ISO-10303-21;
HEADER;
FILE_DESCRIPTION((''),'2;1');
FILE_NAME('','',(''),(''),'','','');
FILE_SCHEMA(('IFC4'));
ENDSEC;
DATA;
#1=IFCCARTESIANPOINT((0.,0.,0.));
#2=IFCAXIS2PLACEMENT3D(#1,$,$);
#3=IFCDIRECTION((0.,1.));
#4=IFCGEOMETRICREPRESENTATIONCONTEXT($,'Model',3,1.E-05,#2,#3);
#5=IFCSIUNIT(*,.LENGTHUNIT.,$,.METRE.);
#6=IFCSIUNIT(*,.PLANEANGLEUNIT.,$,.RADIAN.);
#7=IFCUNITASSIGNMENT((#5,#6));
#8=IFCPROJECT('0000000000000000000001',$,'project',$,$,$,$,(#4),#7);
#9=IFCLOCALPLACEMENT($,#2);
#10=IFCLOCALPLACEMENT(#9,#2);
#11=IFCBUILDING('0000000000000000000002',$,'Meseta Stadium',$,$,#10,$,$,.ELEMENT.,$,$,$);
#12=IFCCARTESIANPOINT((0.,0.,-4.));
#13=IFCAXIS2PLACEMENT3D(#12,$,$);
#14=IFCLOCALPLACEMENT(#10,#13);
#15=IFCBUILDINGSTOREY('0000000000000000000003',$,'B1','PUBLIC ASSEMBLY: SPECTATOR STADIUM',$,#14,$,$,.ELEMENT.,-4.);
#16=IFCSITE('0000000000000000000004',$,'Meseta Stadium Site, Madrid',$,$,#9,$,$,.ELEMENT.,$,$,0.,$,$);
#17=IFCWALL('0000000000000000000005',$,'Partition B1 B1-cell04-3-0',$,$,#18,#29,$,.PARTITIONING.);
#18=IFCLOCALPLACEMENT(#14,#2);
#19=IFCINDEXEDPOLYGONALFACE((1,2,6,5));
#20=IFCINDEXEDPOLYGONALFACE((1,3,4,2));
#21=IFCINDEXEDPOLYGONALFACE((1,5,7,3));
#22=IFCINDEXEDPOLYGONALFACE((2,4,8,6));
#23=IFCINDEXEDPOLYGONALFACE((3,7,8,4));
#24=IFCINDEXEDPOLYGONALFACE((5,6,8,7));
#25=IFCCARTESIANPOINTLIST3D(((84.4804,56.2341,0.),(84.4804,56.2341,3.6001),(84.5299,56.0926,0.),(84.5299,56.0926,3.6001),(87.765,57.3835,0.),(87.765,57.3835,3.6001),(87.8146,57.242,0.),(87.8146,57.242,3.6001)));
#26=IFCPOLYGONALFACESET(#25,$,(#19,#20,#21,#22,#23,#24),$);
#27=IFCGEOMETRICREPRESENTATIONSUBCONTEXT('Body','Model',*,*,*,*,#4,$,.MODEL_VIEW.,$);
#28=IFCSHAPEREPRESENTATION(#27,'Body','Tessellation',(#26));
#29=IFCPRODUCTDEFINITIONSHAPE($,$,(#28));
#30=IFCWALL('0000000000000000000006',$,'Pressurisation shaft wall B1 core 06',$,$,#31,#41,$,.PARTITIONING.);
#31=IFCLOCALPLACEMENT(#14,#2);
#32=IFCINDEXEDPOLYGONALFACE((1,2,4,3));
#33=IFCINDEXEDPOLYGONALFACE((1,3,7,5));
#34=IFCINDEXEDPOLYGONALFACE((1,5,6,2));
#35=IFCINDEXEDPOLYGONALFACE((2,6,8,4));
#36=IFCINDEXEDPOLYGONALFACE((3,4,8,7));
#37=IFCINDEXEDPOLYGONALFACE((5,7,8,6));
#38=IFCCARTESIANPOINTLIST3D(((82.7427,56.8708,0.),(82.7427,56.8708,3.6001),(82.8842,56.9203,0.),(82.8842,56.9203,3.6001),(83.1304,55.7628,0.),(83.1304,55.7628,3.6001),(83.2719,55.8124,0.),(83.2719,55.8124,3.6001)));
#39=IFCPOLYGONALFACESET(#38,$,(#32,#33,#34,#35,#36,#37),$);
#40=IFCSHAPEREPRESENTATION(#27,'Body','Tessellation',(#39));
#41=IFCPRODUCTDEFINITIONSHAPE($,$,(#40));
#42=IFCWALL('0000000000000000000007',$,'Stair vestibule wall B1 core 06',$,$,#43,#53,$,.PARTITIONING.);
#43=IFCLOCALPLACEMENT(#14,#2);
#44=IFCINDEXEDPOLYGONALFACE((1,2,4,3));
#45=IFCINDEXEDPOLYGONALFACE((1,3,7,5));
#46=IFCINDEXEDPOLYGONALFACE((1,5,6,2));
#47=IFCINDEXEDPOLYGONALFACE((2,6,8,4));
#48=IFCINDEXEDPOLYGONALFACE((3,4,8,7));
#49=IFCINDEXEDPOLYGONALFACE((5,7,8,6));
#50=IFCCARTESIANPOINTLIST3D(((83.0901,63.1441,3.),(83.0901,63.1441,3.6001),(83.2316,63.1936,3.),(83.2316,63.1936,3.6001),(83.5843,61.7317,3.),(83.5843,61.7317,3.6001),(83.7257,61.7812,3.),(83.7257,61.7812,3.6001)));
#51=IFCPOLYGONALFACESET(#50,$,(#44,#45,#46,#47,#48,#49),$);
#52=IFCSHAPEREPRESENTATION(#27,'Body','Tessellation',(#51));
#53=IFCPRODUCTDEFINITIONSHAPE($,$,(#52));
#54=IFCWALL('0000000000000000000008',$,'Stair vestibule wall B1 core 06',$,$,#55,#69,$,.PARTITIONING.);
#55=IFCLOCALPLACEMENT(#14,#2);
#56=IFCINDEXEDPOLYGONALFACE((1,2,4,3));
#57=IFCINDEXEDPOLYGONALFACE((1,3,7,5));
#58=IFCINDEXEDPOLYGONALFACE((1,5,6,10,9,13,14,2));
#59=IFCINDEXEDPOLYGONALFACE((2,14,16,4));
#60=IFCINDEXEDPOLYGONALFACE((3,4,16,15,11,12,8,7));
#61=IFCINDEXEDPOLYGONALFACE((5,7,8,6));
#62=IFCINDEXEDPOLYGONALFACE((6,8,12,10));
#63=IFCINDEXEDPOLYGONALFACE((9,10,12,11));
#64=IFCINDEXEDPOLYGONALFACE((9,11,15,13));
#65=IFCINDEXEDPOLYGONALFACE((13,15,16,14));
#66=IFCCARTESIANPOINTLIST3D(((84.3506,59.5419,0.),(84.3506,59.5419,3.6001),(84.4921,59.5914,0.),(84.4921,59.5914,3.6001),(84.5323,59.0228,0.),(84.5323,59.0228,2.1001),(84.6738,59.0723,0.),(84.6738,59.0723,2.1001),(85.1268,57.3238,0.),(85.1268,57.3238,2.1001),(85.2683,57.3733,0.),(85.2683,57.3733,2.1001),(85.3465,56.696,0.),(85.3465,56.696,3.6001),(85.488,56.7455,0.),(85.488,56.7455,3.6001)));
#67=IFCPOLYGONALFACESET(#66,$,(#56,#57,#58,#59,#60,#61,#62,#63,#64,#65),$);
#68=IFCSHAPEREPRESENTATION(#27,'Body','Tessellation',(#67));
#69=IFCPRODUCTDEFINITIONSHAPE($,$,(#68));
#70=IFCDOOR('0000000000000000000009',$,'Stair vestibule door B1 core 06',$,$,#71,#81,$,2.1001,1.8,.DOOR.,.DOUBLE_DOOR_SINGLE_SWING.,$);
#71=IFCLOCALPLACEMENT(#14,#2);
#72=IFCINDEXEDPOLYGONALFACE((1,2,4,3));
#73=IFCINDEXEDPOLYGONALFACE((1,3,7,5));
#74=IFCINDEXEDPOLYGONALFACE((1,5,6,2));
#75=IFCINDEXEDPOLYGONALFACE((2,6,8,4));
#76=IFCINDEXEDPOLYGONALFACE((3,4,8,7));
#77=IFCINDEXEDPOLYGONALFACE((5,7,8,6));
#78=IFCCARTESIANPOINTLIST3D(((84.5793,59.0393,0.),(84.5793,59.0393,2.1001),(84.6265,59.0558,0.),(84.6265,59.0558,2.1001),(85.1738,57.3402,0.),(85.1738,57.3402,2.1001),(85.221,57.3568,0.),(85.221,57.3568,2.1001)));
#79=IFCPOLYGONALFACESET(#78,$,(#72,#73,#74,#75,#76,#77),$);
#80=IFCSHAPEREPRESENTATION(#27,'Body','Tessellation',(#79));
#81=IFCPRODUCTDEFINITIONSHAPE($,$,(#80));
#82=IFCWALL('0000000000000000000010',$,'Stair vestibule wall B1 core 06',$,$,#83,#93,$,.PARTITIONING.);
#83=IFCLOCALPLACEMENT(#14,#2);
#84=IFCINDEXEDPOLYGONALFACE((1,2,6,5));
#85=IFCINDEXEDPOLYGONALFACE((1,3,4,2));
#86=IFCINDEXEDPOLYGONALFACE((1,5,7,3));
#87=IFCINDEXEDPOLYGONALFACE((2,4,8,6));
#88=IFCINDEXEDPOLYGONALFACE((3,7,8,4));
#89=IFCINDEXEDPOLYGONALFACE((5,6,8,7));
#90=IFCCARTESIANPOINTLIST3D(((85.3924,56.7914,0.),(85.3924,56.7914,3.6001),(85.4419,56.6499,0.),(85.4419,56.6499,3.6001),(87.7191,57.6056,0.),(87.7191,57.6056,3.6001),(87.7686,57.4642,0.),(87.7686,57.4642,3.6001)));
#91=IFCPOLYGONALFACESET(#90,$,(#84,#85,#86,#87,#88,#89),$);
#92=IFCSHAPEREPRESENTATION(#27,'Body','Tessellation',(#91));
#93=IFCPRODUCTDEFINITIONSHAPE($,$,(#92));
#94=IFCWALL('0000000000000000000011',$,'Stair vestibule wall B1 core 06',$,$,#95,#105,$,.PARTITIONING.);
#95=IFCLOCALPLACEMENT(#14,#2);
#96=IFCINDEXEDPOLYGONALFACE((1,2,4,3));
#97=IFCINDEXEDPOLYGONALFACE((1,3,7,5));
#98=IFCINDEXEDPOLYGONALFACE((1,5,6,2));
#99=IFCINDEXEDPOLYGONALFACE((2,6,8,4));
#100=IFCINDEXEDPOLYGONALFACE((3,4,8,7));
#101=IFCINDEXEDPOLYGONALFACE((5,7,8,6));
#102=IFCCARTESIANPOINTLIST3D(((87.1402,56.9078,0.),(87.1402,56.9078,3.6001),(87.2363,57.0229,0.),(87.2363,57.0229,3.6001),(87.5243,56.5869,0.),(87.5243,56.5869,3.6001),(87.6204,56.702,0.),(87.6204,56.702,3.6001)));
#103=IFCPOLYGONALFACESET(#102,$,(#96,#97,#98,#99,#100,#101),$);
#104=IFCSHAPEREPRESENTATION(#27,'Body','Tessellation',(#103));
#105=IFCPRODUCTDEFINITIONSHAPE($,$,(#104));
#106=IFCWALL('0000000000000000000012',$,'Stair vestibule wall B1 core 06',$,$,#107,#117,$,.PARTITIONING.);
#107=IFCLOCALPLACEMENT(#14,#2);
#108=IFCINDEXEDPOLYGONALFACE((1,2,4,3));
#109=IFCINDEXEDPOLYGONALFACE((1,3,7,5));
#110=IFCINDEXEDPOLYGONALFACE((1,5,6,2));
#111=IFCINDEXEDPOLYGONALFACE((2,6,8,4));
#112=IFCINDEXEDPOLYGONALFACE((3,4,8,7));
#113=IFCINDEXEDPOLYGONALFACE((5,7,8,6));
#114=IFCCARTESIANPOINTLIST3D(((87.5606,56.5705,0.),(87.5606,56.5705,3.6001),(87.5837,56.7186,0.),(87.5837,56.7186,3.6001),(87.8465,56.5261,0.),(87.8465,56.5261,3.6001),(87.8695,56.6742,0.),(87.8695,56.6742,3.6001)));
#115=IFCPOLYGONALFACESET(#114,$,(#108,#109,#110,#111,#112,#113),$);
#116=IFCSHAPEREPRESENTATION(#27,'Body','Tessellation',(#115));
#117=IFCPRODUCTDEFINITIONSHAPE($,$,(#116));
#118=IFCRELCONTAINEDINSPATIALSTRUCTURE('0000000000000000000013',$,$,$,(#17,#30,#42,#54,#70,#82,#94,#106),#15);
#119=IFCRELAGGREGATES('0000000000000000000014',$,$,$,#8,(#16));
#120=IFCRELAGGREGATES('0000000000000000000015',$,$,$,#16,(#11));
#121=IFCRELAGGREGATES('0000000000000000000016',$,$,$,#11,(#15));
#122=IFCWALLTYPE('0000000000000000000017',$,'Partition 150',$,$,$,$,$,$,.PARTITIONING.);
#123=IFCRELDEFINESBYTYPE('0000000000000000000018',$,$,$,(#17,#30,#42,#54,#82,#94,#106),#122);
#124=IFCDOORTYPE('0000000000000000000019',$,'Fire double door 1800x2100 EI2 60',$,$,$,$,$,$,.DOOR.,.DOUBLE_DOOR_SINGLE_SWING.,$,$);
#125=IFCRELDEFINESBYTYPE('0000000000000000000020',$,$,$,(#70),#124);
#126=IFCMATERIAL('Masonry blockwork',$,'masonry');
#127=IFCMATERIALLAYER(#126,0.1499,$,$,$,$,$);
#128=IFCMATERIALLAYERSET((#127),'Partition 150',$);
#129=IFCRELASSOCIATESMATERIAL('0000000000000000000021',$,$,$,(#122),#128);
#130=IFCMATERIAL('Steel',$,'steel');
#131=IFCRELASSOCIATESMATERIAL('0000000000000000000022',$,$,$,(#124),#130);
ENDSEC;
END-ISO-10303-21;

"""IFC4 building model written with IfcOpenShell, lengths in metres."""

from ifc_helpers import new_model, si_unit, direction, frame, frame_2d, origin, place, context, subcontext, project, spatial, rectangle, extrude, material, layer, layer_set, type_object, element, fill, save


model = new_model("IFC4")

# Units and contexts
model_context = context("Model", 3, precision=1e-05, world=origin(), true_north=direction((0.0, 1.0)))
body_context = subcontext(model_context, "Body", "Model", "MODEL_VIEW")
ifc_project = project(units=[si_unit("LENGTHUNIT", "METRE"), si_unit("PLANEANGLEUNIT", "RADIAN")], contexts=[model_context])

# Site, building, storey
site_placement = place(None, origin())
site = spatial("IfcSite", under=ifc_project, at=site_placement, Name="Meseta Stadium Site, Madrid", CompositionType="ELEMENT", RefElevation=0.0)
building_placement = place(site_placement, origin())
building = spatial("IfcBuilding", under=site, at=building_placement, Name="Meseta Stadium", CompositionType="ELEMENT")
storey_placement = place(building_placement, frame((0.0, 0.0, -4.0)))
storey = spatial("IfcBuildingStorey", under=building, at=storey_placement, Name="B1", Description="PUBLIC ASSEMBLY: SPECTATOR STADIUM", CompositionType="ELEMENT", Elevation=-4.0)

# Walls
ifc_material_1 = material(Name="Masonry blockwork", Category="masonry")
ifc_layer_1 = layer(ifc_material_1, 0.1499)
ifc_layer_set_1 = layer_set([ifc_layer_1], Name="Partition 150")
wall_type_1 = type_object("IfcWallType", Name="Partition 150", PredefinedType="PARTITIONING", material=ifc_layer_set_1)
wall_1_placement = place(storey_placement, frame((84.5051, 56.1633, 0.0), z_axis=(0.0, 0.0, 1.0), x_axis=(0.943878, 0.330294, 0.0)))
element("IfcWall", 1, at=wall_1_placement, inside=storey, type_object=wall_type_1, Name="Partition B1 B1-cell04-3-0", PredefinedType="PARTITIONING", context=body_context, shape_type="SweptSolid", body=[
    extrude(rectangle(XDim=3.48, YDim=0.1499, at=frame_2d((1.74, 0.0))), origin(), (0.0, 0.0, 1.0), 3.6001),
])
wall_2_placement = place(storey_placement, frame((83.2012, 55.7876, 0.0), z_axis=(0.0, 0.0, 1.0), x_axis=(-0.330295, 0.943878, 0.0)))
element("IfcWall", 2, at=wall_2_placement, inside=storey, type_object=wall_type_1, Name="Pressurisation shaft wall B1 core 06", PredefinedType="PARTITIONING", context=body_context, shape_type="SweptSolid", body=[
    extrude(rectangle(XDim=1.1738, YDim=0.1499, at=frame_2d((0.5869, 0.0))), origin(), (0.0, 0.0, 1.0), 3.6001),
])
wall_3_placement = place(storey_placement, frame((83.1609, 63.1687, 3.0), z_axis=(0.0, 0.0, 1.0), x_axis=(0.330241, -0.943897, 0.0)))
element("IfcWall", 3, at=wall_3_placement, inside=storey, type_object=wall_type_1, Name="Stair vestibule wall B1 core 06", PredefinedType="PARTITIONING", context=body_context, shape_type="SweptSolid", body=[
    extrude(rectangle(XDim=1.4963, YDim=0.1499, at=frame_2d((0.748, 0.0))), origin(), (0.0, 0.0, 1.0), 0.6001),
])

# Wall, opening, door
wall_4_placement = place(storey_placement, frame((84.4214, 59.5667, 0.0), z_axis=(0.0, 0.0, 1.0), x_axis=(0.330282, -0.943882, 0.0)))
wall_4 = element("IfcWall", 4, at=wall_4_placement, inside=storey, type_object=wall_type_1, Name="Stair vestibule wall B1 core 06", PredefinedType="PARTITIONING", context=body_context, shape_type="SweptSolid", body=[
    extrude(rectangle(XDim=3.0151, YDim=0.1499, at=frame_2d((1.5076, 0.0))), origin(), (0.0, 0.0, 1.0), 3.6001),
])
opening_1_placement = place(wall_4_placement, frame((0.55, 0.0, 0.0)))
opening_1 = element("IfcOpeningElement", 5, at=opening_1_placement, cuts=wall_4, PredefinedType="OPENING", context=body_context, shape_type="SweptSolid", body=[
    extrude(rectangle(XDim=1.8, YDim=2.1001, at=frame_2d((0.8999, 1.05))), frame((0.0, 0.085, 0.0), z_axis=(0.0, -1.0, 0.0), x_axis=(1.0, 0.0, 0.0)), (0.0, 0.0, 1.0), 0.1699),
])
ifc_material_2 = material(Name="Steel", Category="steel")
door_type_1 = type_object("IfcDoorType", Name="Fire double door 1800x2100 EI2 60", OperationType="DOUBLE_DOOR_SINGLE_SWING", PredefinedType="DOOR", material=ifc_material_2)
door_1_placement = place(opening_1_placement, origin())
door_1 = element("IfcDoor", 6, at=door_1_placement, inside=storey, type_object=door_type_1, Name="Stair vestibule door B1 core 06", OperationType="DOUBLE_DOOR_SINGLE_SWING", OverallHeight=2.1001, OverallWidth=1.8, PredefinedType="DOOR", context=body_context, shape_type="SweptSolid", body=[
    extrude(rectangle(XDim=1.8, YDim=2.1001, at=frame_2d((0.8999, 1.05))), frame((0.0, 0.0249, 0.0), z_axis=(0.0, -1.0, 0.0), x_axis=(1.0, 0.0, 0.0)), (0.0, 0.0, 1.0), 0.05),
])
fill(opening_1, door_1)

# Walls
wall_5_placement = place(storey_placement, frame((85.4172, 56.7207, 0.0), z_axis=(0.0, 0.0, 1.0), x_axis=(0.943874, 0.330306, 0.0)))
element("IfcWall", 7, at=wall_5_placement, inside=storey, type_object=wall_type_1, Name="Stair vestibule wall B1 core 06", PredefinedType="PARTITIONING", context=body_context, shape_type="SweptSolid", body=[
    extrude(rectangle(XDim=2.4651, YDim=0.1499, at=frame_2d((1.2324, 0.0))), origin(), (0.0, 0.0, 1.0), 3.6001),
])
wall_6_placement = place(storey_placement, frame((87.1882, 56.9653, 0.0), z_axis=(0.0, 0.0, 1.0), x_axis=(0.767461, -0.641096, 0.0)))
element("IfcWall", 8, at=wall_6_placement, inside=storey, type_object=wall_type_1, Name="Stair vestibule wall B1 core 06", PredefinedType="PARTITIONING", context=body_context, shape_type="SweptSolid", body=[
    extrude(rectangle(XDim=0.5005, YDim=0.1499, at=frame_2d((0.2502, 0.0))), origin(), (0.0, 0.0, 1.0), 3.6001),
])
wall_7_placement = place(storey_placement, frame((87.5723, 56.6445, 0.0), z_axis=(0.0, 0.0, 1.0), x_axis=(0.988136, -0.153579, 0.0)))
element("IfcWall", 9, at=wall_7_placement, inside=storey, type_object=wall_type_1, Name="Stair vestibule wall B1 core 06", PredefinedType="PARTITIONING", context=body_context, shape_type="SweptSolid", body=[
    extrude(rectangle(XDim=0.2893, YDim=0.1499, at=frame_2d((0.1445, 0.0))), origin(), (0.0, 0.0, 1.0), 3.6001),
])

save(model, "model.ifc")
